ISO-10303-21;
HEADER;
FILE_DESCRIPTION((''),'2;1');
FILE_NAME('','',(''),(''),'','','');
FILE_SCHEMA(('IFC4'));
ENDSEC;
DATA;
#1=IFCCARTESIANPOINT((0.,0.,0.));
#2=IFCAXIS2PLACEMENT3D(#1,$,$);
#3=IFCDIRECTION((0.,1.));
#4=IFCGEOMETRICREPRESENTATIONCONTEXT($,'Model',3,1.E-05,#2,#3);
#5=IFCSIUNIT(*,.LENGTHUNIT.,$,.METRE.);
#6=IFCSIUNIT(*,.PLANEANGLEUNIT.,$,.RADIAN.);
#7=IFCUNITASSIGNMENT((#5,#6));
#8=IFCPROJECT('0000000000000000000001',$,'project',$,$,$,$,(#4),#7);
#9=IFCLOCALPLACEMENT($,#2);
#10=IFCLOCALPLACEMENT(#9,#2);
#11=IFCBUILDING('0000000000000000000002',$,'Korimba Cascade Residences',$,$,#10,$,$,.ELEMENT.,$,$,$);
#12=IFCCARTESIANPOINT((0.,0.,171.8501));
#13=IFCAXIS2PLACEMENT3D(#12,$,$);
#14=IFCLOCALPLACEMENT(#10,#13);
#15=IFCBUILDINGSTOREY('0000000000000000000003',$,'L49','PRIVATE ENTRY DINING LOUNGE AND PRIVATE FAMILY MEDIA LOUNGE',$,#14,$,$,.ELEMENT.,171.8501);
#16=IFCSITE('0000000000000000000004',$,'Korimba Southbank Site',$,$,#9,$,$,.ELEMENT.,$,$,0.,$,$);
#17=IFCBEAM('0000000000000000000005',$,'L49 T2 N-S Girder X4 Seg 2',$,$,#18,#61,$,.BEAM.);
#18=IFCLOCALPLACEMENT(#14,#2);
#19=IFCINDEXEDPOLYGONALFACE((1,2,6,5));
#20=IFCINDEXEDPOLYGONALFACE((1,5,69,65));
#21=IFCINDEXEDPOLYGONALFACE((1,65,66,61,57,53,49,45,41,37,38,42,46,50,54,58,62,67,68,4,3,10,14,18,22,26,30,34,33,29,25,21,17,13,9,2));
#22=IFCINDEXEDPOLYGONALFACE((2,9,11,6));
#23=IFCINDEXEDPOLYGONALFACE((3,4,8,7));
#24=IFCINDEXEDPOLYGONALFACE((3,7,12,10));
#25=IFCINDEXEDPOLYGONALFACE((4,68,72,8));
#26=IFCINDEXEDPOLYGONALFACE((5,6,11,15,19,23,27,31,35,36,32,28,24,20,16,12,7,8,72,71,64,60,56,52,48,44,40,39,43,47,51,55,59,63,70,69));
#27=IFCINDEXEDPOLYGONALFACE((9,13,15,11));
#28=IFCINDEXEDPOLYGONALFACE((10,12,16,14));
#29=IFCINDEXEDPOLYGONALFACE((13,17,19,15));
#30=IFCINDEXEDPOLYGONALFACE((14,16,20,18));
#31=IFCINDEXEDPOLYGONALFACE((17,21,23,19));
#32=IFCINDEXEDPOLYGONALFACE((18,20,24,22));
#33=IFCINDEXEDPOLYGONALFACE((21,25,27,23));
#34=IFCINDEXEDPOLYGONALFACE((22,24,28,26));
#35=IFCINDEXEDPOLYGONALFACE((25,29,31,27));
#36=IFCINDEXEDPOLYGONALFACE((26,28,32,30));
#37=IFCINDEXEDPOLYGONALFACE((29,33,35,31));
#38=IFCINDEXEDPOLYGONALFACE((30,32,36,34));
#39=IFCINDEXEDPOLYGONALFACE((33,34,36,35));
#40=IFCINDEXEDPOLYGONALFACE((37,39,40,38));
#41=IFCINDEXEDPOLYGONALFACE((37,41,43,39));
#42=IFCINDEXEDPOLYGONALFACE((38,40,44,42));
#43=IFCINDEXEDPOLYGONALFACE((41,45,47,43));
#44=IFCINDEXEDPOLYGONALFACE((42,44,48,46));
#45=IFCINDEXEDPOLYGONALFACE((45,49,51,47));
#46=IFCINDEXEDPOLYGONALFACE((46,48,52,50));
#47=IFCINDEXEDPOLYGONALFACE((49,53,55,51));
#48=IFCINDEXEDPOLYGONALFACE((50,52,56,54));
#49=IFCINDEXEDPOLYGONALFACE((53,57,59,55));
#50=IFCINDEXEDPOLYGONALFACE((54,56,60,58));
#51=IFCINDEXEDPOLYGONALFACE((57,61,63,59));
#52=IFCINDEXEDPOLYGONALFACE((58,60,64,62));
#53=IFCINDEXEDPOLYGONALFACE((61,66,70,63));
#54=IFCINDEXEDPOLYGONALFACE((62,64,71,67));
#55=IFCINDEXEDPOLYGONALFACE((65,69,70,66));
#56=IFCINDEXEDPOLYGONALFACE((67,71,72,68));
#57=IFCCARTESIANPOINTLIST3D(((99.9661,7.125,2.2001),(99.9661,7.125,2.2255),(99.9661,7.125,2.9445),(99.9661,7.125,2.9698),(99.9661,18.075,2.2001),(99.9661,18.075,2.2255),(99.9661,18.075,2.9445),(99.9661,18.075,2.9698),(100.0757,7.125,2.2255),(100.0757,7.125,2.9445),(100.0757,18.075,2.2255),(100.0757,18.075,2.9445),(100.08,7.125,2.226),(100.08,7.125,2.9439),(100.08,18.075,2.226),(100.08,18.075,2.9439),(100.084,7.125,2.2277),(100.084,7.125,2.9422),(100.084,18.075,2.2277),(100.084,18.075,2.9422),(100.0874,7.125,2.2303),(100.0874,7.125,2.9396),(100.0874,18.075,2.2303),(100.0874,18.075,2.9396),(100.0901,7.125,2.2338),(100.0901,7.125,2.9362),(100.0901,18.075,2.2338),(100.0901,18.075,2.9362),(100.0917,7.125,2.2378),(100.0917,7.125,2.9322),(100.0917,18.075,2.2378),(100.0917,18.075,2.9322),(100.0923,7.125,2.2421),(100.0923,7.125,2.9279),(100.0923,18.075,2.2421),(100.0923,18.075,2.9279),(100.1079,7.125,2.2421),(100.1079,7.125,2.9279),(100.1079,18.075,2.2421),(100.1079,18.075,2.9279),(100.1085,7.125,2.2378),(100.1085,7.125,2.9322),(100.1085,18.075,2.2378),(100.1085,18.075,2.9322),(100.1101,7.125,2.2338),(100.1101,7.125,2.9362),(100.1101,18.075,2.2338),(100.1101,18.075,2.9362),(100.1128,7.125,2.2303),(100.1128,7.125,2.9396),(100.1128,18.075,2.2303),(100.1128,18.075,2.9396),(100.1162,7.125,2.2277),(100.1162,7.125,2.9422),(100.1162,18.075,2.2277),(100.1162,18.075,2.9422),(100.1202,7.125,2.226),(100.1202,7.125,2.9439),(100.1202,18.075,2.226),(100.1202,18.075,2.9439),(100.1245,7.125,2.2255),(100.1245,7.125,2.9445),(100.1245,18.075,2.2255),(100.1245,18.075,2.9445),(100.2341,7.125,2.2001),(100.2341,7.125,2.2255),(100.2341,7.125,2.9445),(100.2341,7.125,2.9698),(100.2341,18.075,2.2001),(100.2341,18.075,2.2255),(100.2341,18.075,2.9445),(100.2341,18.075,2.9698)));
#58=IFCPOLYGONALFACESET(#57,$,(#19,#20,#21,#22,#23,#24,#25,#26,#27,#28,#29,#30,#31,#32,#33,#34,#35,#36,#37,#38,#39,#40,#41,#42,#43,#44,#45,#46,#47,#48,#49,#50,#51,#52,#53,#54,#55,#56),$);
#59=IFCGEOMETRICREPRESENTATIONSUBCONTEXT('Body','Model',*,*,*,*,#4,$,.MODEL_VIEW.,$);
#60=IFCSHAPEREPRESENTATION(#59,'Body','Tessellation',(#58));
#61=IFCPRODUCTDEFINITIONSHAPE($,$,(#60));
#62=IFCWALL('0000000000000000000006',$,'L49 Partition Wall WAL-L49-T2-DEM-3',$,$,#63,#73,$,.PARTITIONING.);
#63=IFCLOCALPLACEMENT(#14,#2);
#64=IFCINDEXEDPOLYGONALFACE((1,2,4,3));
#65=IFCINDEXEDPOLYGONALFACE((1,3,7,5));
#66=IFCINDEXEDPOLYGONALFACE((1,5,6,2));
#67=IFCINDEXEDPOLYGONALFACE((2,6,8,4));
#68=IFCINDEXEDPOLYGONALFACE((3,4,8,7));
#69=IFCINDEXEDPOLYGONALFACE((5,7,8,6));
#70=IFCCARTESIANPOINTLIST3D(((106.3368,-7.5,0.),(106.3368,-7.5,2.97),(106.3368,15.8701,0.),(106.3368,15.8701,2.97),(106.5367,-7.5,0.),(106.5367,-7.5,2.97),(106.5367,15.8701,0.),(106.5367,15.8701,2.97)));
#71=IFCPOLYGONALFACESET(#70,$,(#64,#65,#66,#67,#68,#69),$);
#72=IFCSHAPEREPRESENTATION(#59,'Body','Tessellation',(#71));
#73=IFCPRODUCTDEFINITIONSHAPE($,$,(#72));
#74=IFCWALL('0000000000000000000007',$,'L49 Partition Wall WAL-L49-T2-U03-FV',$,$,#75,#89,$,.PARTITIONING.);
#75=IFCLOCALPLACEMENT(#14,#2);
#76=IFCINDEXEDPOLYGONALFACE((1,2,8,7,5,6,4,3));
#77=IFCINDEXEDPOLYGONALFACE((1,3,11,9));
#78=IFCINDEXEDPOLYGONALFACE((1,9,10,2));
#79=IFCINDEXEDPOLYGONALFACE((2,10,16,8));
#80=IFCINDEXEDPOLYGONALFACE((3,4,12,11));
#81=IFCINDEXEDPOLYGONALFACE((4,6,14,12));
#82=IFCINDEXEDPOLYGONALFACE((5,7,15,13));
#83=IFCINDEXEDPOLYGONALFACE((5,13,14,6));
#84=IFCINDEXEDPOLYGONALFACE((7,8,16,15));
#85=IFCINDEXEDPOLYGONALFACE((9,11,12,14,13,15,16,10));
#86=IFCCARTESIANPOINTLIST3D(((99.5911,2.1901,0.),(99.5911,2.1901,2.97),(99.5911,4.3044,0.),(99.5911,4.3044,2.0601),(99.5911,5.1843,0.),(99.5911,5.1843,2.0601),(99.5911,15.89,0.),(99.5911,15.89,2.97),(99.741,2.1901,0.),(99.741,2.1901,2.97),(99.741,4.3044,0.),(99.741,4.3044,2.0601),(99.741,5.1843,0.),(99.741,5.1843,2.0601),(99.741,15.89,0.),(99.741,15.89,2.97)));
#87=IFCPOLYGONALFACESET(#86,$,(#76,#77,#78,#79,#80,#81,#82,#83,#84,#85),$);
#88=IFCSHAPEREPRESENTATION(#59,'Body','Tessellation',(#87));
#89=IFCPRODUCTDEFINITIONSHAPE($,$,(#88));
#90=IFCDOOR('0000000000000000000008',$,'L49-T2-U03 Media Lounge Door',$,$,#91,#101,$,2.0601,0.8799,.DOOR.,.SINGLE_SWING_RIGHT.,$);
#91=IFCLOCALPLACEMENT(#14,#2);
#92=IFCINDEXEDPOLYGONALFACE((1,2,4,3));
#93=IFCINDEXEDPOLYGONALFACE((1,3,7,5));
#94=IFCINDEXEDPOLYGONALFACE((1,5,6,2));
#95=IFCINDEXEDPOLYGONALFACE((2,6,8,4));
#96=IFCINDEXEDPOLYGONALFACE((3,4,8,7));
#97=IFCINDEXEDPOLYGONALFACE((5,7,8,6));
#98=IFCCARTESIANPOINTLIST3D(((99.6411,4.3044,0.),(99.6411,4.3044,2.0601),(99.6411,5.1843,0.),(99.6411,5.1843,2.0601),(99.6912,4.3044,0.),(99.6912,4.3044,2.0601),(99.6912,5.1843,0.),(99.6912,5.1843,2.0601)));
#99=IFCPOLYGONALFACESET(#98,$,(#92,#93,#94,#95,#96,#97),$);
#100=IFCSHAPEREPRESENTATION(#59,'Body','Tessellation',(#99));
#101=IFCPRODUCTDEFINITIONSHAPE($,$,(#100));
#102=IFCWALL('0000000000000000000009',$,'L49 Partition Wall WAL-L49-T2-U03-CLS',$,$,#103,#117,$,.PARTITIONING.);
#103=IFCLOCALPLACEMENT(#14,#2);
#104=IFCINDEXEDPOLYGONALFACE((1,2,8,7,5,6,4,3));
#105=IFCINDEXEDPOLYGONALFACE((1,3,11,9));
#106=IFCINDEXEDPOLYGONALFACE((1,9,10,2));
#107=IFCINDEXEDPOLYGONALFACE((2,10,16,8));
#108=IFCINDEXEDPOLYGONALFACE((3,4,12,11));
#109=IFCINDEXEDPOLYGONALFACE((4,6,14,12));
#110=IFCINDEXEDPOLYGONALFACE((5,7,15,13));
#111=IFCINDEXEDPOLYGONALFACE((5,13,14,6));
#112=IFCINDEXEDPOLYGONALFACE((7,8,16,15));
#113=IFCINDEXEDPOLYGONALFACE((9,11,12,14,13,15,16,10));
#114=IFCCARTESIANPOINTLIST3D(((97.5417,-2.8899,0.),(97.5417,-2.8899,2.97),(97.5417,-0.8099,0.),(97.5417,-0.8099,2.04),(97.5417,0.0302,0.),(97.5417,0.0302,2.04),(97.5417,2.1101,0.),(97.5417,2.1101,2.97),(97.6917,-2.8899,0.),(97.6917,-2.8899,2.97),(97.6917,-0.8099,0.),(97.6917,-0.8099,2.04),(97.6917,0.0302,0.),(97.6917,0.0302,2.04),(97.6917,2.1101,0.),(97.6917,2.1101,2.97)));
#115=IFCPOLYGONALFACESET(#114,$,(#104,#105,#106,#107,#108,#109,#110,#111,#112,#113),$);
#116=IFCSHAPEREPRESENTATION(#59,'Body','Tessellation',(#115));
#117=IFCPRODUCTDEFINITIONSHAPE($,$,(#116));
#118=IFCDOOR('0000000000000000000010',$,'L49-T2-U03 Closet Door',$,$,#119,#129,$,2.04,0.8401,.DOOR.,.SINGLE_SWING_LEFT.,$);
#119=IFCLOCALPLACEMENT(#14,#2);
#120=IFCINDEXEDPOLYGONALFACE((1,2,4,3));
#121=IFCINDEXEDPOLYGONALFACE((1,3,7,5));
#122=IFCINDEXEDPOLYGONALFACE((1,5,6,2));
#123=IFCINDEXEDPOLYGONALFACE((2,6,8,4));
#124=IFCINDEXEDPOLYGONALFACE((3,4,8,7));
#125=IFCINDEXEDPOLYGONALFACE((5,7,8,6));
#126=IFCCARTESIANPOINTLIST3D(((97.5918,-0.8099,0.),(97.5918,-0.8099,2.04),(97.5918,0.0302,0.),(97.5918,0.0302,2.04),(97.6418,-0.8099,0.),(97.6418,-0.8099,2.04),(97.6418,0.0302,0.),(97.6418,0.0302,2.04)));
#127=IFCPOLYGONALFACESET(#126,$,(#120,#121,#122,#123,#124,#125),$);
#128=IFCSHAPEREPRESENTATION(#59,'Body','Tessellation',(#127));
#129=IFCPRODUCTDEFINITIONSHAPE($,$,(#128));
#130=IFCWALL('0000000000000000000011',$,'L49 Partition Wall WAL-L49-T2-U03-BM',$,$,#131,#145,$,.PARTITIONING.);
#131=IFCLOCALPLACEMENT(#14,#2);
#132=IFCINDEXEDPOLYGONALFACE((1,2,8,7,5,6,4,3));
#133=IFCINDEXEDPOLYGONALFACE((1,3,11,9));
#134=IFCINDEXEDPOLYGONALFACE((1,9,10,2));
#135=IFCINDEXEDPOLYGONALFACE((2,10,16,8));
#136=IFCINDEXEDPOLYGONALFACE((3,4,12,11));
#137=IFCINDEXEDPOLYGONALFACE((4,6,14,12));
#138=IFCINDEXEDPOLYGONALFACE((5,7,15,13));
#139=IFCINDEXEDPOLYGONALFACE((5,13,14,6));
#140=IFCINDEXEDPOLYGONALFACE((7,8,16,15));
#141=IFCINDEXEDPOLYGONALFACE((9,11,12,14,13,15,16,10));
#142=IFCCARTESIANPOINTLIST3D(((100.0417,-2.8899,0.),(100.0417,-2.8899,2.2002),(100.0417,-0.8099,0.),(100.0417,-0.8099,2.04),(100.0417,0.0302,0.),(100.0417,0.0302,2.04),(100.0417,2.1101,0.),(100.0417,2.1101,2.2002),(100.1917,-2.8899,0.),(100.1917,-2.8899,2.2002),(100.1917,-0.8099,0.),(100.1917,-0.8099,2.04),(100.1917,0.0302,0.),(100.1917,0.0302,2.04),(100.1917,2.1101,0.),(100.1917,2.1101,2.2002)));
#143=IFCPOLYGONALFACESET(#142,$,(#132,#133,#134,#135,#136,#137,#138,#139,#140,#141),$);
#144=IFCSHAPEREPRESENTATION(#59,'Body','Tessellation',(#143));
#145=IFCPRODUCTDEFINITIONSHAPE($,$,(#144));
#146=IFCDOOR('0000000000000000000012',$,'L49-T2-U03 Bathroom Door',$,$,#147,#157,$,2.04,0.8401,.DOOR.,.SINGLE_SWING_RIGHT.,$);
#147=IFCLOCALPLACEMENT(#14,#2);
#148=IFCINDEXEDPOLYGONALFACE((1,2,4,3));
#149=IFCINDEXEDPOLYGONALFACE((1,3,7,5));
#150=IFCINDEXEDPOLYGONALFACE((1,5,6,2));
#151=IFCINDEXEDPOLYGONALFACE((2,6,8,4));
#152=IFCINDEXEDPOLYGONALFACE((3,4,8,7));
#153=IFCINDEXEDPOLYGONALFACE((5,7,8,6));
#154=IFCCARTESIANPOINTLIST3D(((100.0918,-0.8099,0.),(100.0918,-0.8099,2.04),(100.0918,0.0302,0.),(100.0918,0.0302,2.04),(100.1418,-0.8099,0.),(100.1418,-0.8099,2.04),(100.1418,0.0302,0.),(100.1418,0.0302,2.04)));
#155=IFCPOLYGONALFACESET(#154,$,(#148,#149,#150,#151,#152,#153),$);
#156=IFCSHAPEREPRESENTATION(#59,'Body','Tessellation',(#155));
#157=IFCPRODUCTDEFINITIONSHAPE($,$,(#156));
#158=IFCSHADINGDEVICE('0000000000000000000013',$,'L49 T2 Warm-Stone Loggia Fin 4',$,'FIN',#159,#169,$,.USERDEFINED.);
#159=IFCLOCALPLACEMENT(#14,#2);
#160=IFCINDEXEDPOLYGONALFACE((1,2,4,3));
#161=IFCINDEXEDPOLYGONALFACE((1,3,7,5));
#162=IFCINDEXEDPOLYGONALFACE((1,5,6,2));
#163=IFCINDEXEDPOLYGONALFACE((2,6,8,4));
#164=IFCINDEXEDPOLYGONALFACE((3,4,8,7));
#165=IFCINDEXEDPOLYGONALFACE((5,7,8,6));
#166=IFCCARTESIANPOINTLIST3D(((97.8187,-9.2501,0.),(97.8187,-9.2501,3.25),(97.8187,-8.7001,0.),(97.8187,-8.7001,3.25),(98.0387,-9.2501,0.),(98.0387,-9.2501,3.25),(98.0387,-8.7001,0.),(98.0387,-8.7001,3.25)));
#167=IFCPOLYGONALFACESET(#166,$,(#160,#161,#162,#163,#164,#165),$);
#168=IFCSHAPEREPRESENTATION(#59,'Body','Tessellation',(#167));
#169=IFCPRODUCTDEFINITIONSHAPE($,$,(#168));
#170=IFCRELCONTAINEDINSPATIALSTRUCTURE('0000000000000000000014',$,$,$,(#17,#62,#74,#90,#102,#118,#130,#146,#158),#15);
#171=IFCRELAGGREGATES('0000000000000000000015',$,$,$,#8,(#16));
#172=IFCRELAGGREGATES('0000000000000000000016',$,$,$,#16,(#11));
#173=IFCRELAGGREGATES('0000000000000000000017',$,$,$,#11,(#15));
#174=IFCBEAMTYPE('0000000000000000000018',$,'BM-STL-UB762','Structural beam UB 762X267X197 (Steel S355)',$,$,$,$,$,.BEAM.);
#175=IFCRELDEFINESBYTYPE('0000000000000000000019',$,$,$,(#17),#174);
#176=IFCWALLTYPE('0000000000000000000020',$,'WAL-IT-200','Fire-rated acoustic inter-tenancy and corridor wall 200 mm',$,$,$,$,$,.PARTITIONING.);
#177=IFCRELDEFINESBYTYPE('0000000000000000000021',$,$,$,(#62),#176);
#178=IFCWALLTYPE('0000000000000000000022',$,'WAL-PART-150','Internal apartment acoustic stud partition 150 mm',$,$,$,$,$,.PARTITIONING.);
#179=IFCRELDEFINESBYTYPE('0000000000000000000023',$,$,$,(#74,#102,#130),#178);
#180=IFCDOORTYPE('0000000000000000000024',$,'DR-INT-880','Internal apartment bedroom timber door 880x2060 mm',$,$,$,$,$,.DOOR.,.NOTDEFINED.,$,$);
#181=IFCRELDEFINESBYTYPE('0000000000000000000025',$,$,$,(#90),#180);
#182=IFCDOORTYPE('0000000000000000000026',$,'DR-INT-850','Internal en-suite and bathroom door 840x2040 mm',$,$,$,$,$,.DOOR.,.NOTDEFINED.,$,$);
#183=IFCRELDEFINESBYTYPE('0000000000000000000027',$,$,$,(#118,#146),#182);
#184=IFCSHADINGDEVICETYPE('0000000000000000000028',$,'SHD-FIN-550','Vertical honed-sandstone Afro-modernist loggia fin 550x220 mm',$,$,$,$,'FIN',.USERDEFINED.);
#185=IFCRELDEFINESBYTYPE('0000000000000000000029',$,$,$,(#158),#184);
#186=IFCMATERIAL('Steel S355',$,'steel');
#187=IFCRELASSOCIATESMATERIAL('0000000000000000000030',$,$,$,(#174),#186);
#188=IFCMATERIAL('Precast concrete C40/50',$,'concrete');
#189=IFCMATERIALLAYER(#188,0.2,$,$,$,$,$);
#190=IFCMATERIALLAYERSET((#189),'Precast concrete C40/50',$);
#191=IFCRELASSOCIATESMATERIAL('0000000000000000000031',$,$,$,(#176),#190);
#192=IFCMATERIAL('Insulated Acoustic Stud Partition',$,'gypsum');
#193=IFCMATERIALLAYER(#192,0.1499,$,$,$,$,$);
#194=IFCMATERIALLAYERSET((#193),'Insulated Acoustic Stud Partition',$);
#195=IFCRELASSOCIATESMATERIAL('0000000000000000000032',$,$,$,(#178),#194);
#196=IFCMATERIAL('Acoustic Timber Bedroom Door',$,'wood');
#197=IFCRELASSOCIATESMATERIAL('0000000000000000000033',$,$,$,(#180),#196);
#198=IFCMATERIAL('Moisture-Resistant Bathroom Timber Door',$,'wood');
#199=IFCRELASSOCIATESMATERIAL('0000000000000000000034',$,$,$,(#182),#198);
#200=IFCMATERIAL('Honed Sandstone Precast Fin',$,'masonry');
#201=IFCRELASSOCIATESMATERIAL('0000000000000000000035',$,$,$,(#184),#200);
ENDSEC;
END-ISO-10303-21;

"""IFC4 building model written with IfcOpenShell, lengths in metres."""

from ifc_helpers import new_model, si_unit, direction, frame, frame_2d, origin, origin_2d, place, context, subcontext, project, spatial, rectangle, i_section, extrude, material, layer, layer_set, material_profile, profile_set, type_object, element, fill, save


model = new_model("IFC4")

# Units and contexts
model_context = context("Model", 3, precision=1e-05, world=origin(), true_north=direction((0.0, 1.0)))
body_context = subcontext(model_context, "Body", "Model", "MODEL_VIEW")
ifc_project = project(units=[si_unit("LENGTHUNIT", "METRE"), si_unit("PLANEANGLEUNIT", "RADIAN")], contexts=[model_context])

# Site, building, storey
site_placement = place(None, origin())
site = spatial("IfcSite", under=ifc_project, at=site_placement, Name="Korimba Southbank Site", CompositionType="ELEMENT", RefElevation=0.0)
building_placement = place(site_placement, origin())
building = spatial("IfcBuilding", under=site, at=building_placement, Name="Korimba Cascade Residences", CompositionType="ELEMENT")
storey_placement = place(building_placement, frame((0.0, 0.0, 171.8501)))
storey = spatial("IfcBuildingStorey", under=building, at=storey_placement, Name="L49", Description="PRIVATE ENTRY DINING LOUNGE AND PRIVATE FAMILY MEDIA LOUNGE", CompositionType="ELEMENT", Elevation=171.8501)

# Beam
ifc_material_1 = material(Name="Steel S355", Category="steel")
ifc_material_profile_1 = material_profile(ifc_material_1, i_section(OverallWidth=0.2681, OverallDepth=0.7698, WebThickness=0.0156, FlangeThickness=0.0254, FilletRadius=0.0166, at=origin_2d()), Name="Steel S355")
ifc_profile_set_1 = profile_set([ifc_material_profile_1], Name="Steel S355")
beam_type_1 = type_object("IfcBeamType", Name="BM-STL-UB762", Description="Structural beam UB 762X267X197 (Steel S355)", PredefinedType="BEAM", material=ifc_profile_set_1)
beam_1_placement = place(storey_placement, frame((100.1001, 7.125, 2.585), z_axis=(0.0, 1.0, 0.0), x_axis=(-1.0, 0.0, 0.0)))
element("IfcBeam", 1, at=beam_1_placement, inside=storey, type_object=beam_type_1, Name="L49 T2 N-S Girder X4 Seg 2", PredefinedType="BEAM", context=body_context, shape_type="SweptSolid", body=[
    extrude(i_section(OverallWidth=0.2681, OverallDepth=0.7698, WebThickness=0.0156, FlangeThickness=0.0254, FilletRadius=0.0166, at=origin_2d()), origin(), (0.0, 0.0, 1.0), 10.95),
])

# Wall
ifc_material_2 = material(Name="Precast concrete C40/50", Category="concrete")
ifc_layer_1 = layer(ifc_material_2, 0.2)
ifc_layer_set_1 = layer_set([ifc_layer_1], Name="Precast concrete C40/50")
wall_type_1 = type_object("IfcWallType", Name="WAL-IT-200", Description="Fire-rated acoustic inter-tenancy and corridor wall 200 mm", PredefinedType="PARTITIONING", material=ifc_layer_set_1)
wall_1_placement = place(storey_placement, frame((106.4368, -7.5, 0.0), z_axis=(0.0, 0.0, 1.0), x_axis=(0.0, 1.0, 0.0)))
element("IfcWall", 2, at=wall_1_placement, inside=storey, type_object=wall_type_1, Name="L49 Partition Wall WAL-L49-T2-DEM-3", PredefinedType="PARTITIONING", context=body_context, shape_type="SweptSolid", body=[
    extrude(rectangle(XDim=23.3701, YDim=0.2, at=frame_2d((11.6851, 0.0))), origin(), (0.0, 0.0, 1.0), 2.97),
])

# Walls, openings, doors
ifc_material_3 = material(Name="Insulated Acoustic Stud Partition", Category="gypsum")
ifc_layer_2 = layer(ifc_material_3, 0.1499)
ifc_layer_set_2 = layer_set([ifc_layer_2], Name="Insulated Acoustic Stud Partition")
wall_type_2 = type_object("IfcWallType", Name="WAL-PART-150", Description="Internal apartment acoustic stud partition 150 mm", PredefinedType="PARTITIONING", material=ifc_layer_set_2)
wall_2_placement = place(storey_placement, frame((99.666, 2.1899, 0.0), z_axis=(0.0, 0.0, 1.0), x_axis=(0.0, 1.0, 0.0)))
wall_2 = element("IfcWall", 3, at=wall_2_placement, inside=storey, type_object=wall_type_2, Name="L49 Partition Wall WAL-L49-T2-U03-FV", PredefinedType="PARTITIONING", context=body_context, shape_type="SweptSolid", body=[
    extrude(rectangle(XDim=13.7, YDim=0.1499, at=frame_2d((6.8501, 0.0))), origin(), (0.0, 0.0, 1.0), 2.97),
])
opening_1_placement = place(wall_2_placement, frame((2.1145, 0.0, 0.0)))
opening_1 = element("IfcOpeningElement", 4, at=opening_1_placement, cuts=wall_2, PredefinedType="OPENING", context=body_context, shape_type="SweptSolid", body=[
    extrude(rectangle(XDim=0.8799, YDim=2.0601, at=frame_2d((0.4399, 1.03))), frame((0.0, 0.085, 0.0), z_axis=(0.0, -1.0, 0.0), x_axis=(1.0, 0.0, 0.0)), (0.0, 0.0, 1.0), 0.1699),
])
ifc_material_4 = material(Name="Acoustic Timber Bedroom Door", Category="wood")
door_type_1 = type_object("IfcDoorType", Name="DR-INT-880", Description="Internal apartment bedroom timber door 880x2060 mm", OperationType="NOTDEFINED", PredefinedType="DOOR", material=ifc_material_4)
door_1_placement = place(opening_1_placement, origin())
door_1 = element("IfcDoor", 5, at=door_1_placement, inside=storey, type_object=door_type_1, Name="L49-T2-U03 Media Lounge Door", OperationType="SINGLE_SWING_RIGHT", OverallHeight=2.0601, OverallWidth=0.8799, PredefinedType="DOOR", context=body_context, shape_type="SweptSolid", body=[
    extrude(rectangle(XDim=0.8799, YDim=2.0601, at=frame_2d((0.4399, 1.03))), frame((0.0, 0.0249, 0.0), z_axis=(0.0, -1.0, 0.0), x_axis=(1.0, 0.0, 0.0)), (0.0, 0.0, 1.0), 0.05),
])
fill(opening_1, door_1)
wall_3_placement = place(storey_placement, frame((97.6167, -2.8899, 0.0), z_axis=(0.0, 0.0, 1.0), x_axis=(0.0, 1.0, 0.0)))
wall_3 = element("IfcWall", 6, at=wall_3_placement, inside=storey, type_object=wall_type_2, Name="L49 Partition Wall WAL-L49-T2-U03-CLS", PredefinedType="PARTITIONING", context=body_context, shape_type="SweptSolid", body=[
    extrude(rectangle(XDim=5.0, YDim=0.1499, at=frame_2d((2.5, 0.0))), origin(), (0.0, 0.0, 1.0), 2.97),
])
opening_2_placement = place(wall_3_placement, frame((2.0801, 0.0, 0.0)))
opening_2 = element("IfcOpeningElement", 7, at=opening_2_placement, cuts=wall_3, PredefinedType="OPENING", context=body_context, shape_type="SweptSolid", body=[
    extrude(rectangle(XDim=0.8401, YDim=2.04, at=frame_2d((0.4199, 1.02))), frame((0.0, 0.085, 0.0), z_axis=(0.0, -1.0, 0.0), x_axis=(1.0, 0.0, 0.0)), (0.0, 0.0, 1.0), 0.1699),
])
ifc_material_5 = material(Name="Moisture-Resistant Bathroom Timber Door", Category="wood")
door_type_2 = type_object("IfcDoorType", Name="DR-INT-850", Description="Internal en-suite and bathroom door 840x2040 mm", OperationType="NOTDEFINED", PredefinedType="DOOR", material=ifc_material_5)
door_2_placement = place(opening_2_placement, origin())
door_2 = element("IfcDoor", 8, at=door_2_placement, inside=storey, type_object=door_type_2, Name="L49-T2-U03 Closet Door", OperationType="SINGLE_SWING_LEFT", OverallHeight=2.04, OverallWidth=0.8401, PredefinedType="DOOR", context=body_context, shape_type="SweptSolid", body=[
    extrude(rectangle(XDim=0.8401, YDim=2.04, at=frame_2d((0.4199, 1.02))), frame((0.0, 0.0249, 0.0), z_axis=(0.0, -1.0, 0.0), x_axis=(1.0, 0.0, 0.0)), (0.0, 0.0, 1.0), 0.05),
])
fill(opening_2, door_2)
wall_4_placement = place(storey_placement, frame((100.1167, -2.8899, 0.0), z_axis=(0.0, 0.0, 1.0), x_axis=(0.0, 1.0, 0.0)))
wall_4 = element("IfcWall", 9, at=wall_4_placement, inside=storey, type_object=wall_type_2, Name="L49 Partition Wall WAL-L49-T2-U03-BM", PredefinedType="PARTITIONING", context=body_context, shape_type="SweptSolid", body=[
    extrude(rectangle(XDim=5.0, YDim=0.1499, at=frame_2d((2.5, 0.0))), origin(), (0.0, 0.0, 1.0), 2.2002),
])
opening_3_placement = place(wall_4_placement, frame((2.0801, 0.0, 0.0)))
opening_3 = element("IfcOpeningElement", 10, at=opening_3_placement, cuts=wall_4, PredefinedType="OPENING", context=body_context, shape_type="SweptSolid", body=[
    extrude(rectangle(XDim=0.8401, YDim=2.04, at=frame_2d((0.4199, 1.02))), frame((0.0, 0.085, 0.0), z_axis=(0.0, -1.0, 0.0), x_axis=(1.0, 0.0, 0.0)), (0.0, 0.0, 1.0), 0.1699),
])
door_3_placement = place(opening_3_placement, origin())
door_3 = element("IfcDoor", 11, at=door_3_placement, inside=storey, type_object=door_type_2, Name="L49-T2-U03 Bathroom Door", OperationType="SINGLE_SWING_RIGHT", OverallHeight=2.04, OverallWidth=0.8401, PredefinedType="DOOR", context=body_context, shape_type="SweptSolid", body=[
    extrude(rectangle(XDim=0.8401, YDim=2.04, at=frame_2d((0.4199, 1.02))), frame((0.0, 0.0249, 0.0), z_axis=(0.0, -1.0, 0.0), x_axis=(1.0, 0.0, 0.0)), (0.0, 0.0, 1.0), 0.05),
])
fill(opening_3, door_3)

# Shading device
ifc_material_6 = material(Name="Honed Sandstone Precast Fin", Category="masonry")
shading_device_type = type_object("IfcShadingDeviceType", Name="SHD-FIN-550", Description="Vertical honed-sandstone Afro-modernist loggia fin 550x220 mm", ElementType="FIN", PredefinedType="USERDEFINED", material=ifc_material_6)
for number, where, z_axis, x_axis, name in (
    (12, (97.9287, -8.9751, 0.0), (0.0, 0.0, 1.0), (1.0, 0.0, 0.0), "L49 T2 Warm-Stone Loggia Fin 4"),
):
    element("IfcShadingDevice", number, at=place(storey_placement, frame(where, z_axis=z_axis, x_axis=x_axis)), inside=storey, type_object=shading_device_type, Name=name, ObjectType="FIN", PredefinedType="USERDEFINED", context=body_context, shape_type="SweptSolid", body=[
        extrude(rectangle(XDim=0.22, YDim=0.55, at=origin_2d()), origin(), (0.0, 0.0, 1.0), 3.25),
    ])

save(model, "model.ifc")
